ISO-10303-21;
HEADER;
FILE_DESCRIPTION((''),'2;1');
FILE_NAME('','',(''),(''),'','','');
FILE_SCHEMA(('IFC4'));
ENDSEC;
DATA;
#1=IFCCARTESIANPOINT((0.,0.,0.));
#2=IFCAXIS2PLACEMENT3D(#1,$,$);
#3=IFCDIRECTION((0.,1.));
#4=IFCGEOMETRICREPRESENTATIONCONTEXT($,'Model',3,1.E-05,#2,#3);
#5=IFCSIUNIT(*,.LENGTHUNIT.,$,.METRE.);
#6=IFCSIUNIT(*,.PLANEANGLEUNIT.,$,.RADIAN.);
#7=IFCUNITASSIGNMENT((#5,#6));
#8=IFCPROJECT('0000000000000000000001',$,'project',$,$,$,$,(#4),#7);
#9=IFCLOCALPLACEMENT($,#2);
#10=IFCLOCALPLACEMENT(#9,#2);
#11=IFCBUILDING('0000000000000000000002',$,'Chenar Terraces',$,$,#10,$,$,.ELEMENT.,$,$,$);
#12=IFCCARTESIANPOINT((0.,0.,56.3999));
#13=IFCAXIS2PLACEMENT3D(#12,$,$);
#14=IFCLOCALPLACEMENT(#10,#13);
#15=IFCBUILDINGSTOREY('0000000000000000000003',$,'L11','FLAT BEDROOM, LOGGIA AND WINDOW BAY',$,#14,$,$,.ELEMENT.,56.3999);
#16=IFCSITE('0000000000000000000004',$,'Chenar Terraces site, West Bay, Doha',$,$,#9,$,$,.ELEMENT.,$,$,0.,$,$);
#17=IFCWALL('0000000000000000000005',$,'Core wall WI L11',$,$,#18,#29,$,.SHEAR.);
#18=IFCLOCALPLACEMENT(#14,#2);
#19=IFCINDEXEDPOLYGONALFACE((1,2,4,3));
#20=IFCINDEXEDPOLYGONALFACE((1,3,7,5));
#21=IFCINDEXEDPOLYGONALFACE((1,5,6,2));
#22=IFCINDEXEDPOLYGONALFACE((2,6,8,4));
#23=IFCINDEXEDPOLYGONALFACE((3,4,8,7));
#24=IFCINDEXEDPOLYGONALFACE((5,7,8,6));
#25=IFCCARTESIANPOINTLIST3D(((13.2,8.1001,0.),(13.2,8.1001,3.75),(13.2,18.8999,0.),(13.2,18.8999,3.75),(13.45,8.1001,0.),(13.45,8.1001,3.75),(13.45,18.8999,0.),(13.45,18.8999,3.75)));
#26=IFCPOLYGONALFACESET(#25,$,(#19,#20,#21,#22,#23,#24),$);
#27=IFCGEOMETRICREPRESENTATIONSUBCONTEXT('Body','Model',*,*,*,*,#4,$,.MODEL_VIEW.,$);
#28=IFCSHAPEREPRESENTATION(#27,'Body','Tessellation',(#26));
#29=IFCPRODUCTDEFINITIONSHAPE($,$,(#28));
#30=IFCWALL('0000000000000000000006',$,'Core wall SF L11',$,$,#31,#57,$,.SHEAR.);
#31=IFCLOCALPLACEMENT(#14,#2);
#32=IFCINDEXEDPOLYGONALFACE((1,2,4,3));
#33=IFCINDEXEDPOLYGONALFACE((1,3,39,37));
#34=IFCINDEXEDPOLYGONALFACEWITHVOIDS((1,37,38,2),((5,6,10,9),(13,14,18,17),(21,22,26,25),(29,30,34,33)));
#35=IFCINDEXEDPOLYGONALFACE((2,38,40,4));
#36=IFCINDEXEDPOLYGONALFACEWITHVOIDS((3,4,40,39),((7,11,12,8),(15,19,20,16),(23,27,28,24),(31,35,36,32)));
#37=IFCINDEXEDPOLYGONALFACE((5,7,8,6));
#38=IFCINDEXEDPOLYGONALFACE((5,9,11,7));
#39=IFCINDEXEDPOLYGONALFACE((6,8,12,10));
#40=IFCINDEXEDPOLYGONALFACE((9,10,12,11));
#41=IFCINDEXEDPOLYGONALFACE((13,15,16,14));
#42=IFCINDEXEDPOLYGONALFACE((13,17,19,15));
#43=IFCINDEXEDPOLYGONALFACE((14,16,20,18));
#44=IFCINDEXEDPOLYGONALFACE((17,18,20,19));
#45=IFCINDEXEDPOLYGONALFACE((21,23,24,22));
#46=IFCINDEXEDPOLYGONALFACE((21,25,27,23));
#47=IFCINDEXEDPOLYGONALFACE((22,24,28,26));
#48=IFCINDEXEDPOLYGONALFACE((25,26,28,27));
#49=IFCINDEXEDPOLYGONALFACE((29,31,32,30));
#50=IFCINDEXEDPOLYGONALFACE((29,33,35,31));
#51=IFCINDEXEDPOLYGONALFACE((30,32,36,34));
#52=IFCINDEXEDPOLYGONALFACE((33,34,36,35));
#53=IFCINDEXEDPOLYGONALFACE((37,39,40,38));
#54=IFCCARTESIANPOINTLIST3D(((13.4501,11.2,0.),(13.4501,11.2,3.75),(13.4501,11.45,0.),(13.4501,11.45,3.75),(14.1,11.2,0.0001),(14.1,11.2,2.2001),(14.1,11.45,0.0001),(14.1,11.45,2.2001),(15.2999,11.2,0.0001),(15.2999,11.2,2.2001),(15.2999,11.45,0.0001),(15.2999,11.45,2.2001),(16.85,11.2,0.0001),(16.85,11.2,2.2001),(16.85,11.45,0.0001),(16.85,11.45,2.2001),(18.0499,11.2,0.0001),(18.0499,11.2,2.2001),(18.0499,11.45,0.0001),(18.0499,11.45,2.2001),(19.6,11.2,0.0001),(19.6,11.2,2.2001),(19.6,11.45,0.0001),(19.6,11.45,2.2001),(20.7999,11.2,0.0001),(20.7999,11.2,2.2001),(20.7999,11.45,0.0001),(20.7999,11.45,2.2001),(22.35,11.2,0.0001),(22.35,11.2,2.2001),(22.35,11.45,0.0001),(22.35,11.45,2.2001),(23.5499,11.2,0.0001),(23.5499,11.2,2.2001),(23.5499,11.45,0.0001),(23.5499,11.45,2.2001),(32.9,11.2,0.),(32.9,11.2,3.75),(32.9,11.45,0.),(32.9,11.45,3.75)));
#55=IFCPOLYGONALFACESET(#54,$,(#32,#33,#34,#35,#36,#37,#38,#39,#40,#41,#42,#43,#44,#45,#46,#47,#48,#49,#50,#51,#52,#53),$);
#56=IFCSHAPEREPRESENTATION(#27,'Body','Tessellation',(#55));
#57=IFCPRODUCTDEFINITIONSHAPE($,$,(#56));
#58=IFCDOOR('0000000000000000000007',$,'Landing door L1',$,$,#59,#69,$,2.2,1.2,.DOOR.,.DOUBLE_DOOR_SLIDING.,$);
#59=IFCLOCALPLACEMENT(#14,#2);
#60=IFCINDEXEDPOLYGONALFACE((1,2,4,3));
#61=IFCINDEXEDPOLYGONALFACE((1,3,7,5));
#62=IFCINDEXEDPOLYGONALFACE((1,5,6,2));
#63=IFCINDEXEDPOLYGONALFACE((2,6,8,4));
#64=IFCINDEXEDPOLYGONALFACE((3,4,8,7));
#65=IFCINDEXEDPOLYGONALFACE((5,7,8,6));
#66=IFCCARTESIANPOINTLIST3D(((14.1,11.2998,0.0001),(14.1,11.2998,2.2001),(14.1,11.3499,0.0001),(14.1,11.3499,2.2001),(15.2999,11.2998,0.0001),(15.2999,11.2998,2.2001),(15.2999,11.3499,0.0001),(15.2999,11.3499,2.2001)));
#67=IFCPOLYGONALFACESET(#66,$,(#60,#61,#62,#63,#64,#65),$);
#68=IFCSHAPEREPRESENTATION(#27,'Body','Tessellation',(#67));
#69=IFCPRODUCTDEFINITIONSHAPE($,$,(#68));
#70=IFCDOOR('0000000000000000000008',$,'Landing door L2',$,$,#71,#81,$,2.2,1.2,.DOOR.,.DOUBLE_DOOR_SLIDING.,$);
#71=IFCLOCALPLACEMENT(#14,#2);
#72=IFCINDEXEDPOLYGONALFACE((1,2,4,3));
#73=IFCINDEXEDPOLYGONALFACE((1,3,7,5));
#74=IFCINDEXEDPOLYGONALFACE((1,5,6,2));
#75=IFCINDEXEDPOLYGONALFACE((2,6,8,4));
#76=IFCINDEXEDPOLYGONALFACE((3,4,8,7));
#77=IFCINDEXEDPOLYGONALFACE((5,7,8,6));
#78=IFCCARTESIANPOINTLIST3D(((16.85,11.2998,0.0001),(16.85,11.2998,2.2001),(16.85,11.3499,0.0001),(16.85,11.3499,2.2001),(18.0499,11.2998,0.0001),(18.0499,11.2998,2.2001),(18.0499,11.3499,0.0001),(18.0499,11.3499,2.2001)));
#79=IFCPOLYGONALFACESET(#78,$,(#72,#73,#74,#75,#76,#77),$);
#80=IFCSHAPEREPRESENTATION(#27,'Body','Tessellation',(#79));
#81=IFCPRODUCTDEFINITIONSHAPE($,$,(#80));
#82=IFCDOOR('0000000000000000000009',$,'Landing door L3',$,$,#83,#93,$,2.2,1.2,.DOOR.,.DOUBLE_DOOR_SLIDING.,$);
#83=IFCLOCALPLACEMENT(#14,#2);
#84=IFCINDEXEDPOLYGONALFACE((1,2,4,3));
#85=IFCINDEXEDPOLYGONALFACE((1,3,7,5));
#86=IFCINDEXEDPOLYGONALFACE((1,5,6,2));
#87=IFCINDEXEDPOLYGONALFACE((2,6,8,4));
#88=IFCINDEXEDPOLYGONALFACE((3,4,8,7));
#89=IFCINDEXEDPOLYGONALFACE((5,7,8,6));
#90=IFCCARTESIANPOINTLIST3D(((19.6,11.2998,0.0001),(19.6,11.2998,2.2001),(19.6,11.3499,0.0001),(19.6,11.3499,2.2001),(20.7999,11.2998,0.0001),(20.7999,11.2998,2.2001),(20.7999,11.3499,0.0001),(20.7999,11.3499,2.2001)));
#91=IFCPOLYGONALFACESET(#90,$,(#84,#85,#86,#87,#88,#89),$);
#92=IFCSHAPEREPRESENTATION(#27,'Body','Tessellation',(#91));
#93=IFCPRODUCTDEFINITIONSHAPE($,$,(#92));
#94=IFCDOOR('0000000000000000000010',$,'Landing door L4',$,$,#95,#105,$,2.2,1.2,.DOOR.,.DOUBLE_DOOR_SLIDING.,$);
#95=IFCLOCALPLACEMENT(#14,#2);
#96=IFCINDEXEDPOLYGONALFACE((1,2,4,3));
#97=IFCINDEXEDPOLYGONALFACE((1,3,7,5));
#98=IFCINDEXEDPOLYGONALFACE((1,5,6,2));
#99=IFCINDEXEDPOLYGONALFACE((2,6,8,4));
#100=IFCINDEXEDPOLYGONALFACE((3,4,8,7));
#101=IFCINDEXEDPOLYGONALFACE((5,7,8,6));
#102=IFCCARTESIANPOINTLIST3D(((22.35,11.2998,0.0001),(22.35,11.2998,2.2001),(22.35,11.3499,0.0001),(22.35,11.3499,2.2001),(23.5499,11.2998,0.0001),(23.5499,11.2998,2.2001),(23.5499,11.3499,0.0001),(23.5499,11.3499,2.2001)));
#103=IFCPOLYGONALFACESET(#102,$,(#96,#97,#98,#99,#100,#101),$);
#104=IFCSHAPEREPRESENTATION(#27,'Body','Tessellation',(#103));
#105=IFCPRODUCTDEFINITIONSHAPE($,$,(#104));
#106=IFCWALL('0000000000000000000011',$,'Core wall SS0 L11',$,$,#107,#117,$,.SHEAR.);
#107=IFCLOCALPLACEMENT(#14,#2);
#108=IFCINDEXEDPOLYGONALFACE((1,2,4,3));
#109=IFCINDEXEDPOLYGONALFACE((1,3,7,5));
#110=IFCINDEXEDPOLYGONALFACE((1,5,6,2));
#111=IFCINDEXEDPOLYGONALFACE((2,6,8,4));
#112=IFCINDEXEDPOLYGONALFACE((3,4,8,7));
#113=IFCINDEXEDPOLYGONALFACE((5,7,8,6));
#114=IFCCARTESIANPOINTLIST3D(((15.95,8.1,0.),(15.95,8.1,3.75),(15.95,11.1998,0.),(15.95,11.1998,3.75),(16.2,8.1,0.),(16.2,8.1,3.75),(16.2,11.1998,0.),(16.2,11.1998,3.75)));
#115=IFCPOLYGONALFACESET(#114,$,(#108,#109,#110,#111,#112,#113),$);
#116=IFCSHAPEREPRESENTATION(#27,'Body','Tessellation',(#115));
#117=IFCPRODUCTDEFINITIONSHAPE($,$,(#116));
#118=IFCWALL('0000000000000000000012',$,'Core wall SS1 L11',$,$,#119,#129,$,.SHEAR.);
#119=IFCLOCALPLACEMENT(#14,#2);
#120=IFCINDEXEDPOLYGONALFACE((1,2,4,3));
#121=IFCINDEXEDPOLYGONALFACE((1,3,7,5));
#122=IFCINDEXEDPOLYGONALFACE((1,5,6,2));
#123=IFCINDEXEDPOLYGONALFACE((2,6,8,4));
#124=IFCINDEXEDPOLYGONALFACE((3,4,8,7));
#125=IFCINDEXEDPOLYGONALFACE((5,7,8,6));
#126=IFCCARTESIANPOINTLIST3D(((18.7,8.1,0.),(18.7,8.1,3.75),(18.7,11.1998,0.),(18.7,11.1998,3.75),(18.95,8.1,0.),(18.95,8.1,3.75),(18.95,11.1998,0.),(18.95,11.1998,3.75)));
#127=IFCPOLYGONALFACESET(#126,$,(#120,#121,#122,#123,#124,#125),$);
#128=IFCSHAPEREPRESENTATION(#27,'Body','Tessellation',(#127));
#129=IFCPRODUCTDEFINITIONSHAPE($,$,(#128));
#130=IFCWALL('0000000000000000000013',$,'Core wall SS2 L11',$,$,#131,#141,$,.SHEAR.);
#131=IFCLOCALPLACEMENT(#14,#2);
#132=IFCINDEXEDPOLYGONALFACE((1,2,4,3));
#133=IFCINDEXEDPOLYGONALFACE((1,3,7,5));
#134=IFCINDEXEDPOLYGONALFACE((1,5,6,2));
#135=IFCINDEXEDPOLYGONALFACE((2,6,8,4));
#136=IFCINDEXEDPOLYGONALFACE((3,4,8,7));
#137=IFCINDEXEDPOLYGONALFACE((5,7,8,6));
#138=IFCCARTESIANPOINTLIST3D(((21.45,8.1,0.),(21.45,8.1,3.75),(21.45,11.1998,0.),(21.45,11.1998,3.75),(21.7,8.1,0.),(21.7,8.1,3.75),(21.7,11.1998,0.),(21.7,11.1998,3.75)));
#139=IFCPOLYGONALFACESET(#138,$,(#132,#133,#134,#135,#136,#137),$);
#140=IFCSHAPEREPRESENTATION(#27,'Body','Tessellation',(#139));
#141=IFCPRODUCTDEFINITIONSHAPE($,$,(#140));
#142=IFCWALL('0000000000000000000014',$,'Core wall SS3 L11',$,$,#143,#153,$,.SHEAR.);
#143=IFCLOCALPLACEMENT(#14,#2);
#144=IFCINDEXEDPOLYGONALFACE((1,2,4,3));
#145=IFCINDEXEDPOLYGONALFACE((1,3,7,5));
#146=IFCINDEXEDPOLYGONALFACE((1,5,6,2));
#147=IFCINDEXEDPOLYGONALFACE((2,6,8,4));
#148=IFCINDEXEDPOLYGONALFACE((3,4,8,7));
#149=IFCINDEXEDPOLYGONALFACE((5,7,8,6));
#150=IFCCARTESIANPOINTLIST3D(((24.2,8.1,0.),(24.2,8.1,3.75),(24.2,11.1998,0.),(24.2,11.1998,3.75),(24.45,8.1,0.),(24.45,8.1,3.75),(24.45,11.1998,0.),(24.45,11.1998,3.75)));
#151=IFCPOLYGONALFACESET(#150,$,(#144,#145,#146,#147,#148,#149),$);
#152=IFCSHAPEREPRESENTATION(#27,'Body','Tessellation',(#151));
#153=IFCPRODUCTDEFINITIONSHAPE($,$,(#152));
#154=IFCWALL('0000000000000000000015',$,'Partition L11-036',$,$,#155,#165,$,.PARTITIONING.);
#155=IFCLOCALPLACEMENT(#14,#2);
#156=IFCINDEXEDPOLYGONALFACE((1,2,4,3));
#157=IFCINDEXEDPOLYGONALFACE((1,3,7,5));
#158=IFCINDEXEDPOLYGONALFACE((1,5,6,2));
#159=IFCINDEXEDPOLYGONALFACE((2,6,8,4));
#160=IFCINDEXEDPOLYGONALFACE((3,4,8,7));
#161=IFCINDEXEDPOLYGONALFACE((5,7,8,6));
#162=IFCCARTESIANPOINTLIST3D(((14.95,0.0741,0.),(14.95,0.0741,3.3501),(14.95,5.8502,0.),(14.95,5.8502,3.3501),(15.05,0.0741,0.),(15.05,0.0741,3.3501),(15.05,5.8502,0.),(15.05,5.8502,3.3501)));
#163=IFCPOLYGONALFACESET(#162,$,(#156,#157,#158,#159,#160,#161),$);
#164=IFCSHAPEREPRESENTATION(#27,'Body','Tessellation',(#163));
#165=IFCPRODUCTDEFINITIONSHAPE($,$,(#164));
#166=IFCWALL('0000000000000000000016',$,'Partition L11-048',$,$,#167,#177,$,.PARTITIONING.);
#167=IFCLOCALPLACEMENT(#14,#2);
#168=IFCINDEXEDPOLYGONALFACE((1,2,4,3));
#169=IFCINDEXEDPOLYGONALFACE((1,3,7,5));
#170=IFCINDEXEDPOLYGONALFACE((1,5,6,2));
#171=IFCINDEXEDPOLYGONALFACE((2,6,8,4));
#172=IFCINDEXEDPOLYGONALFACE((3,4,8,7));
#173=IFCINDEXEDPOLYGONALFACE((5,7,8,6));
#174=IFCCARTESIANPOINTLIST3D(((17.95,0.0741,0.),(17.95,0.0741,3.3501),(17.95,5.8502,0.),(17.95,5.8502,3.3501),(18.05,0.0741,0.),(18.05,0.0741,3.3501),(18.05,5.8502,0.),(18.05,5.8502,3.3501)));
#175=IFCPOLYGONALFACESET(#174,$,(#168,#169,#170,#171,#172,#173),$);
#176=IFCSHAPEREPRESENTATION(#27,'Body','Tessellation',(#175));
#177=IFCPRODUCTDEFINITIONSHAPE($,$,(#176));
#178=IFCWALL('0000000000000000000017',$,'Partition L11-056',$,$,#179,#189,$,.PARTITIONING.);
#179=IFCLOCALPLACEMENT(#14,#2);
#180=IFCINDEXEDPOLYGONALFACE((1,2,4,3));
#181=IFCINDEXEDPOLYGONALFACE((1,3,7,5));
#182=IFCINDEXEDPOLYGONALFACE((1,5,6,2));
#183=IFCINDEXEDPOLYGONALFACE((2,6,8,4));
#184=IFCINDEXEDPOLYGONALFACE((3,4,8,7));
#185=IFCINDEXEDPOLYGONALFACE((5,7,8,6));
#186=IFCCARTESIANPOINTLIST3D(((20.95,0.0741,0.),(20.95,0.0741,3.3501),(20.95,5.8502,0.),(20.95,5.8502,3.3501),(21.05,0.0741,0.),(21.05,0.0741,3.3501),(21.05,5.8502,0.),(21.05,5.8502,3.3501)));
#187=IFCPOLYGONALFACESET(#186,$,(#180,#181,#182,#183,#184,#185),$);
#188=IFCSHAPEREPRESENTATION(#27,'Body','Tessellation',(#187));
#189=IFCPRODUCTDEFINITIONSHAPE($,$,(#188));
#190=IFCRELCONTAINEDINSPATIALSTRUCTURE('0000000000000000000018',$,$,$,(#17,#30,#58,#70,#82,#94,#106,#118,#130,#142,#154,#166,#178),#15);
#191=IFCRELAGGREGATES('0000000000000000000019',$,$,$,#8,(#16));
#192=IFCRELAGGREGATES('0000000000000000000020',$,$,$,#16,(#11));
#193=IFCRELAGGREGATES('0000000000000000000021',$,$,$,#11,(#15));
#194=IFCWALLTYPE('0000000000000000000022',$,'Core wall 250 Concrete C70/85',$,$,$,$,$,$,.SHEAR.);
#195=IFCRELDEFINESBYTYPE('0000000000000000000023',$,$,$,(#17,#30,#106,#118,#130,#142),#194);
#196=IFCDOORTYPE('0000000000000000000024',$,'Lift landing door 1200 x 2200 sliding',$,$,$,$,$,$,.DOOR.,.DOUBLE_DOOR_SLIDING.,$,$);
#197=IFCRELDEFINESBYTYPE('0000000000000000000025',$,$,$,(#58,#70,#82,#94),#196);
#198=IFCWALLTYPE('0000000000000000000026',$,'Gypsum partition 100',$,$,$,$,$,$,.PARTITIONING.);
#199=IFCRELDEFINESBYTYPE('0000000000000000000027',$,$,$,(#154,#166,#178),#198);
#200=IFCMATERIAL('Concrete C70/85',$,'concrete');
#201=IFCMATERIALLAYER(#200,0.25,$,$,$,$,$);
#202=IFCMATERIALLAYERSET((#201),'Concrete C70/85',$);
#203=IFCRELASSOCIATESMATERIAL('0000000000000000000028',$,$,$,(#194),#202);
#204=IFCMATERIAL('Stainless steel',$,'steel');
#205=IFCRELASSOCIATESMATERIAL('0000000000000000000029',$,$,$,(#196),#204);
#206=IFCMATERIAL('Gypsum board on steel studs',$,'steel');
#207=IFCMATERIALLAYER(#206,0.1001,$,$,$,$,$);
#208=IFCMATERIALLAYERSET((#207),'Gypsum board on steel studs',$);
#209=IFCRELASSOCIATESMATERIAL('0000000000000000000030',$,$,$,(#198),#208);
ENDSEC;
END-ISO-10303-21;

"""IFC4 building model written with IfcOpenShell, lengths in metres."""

from ifc_helpers import new_model, si_unit, direction, frame, frame_2d, origin, place, context, subcontext, project, spatial, rectangle, extrude, material, layer, layer_set, type_object, element, fill, save


model = new_model("IFC4")

# Units and contexts
model_context = context("Model", 3, precision=1e-05, world=origin(), true_north=direction((0.0, 1.0)))
body_context = subcontext(model_context, "Body", "Model", "MODEL_VIEW")
ifc_project = project(units=[si_unit("LENGTHUNIT", "METRE"), si_unit("PLANEANGLEUNIT", "RADIAN")], contexts=[model_context])

# Site, building, storey
site_placement = place(None, origin())
site = spatial("IfcSite", under=ifc_project, at=site_placement, Name="Chenar Terraces site, West Bay, Doha", CompositionType="ELEMENT", RefElevation=0.0)
building_placement = place(site_placement, origin())
building = spatial("IfcBuilding", under=site, at=building_placement, Name="Chenar Terraces", CompositionType="ELEMENT")
storey_placement = place(building_placement, frame((0.0, 0.0, 56.3999)))
storey = spatial("IfcBuildingStorey", under=building, at=storey_placement, Name="L11", Description="FLAT BEDROOM, LOGGIA AND WINDOW BAY", CompositionType="ELEMENT", Elevation=56.3999)

# Wall
ifc_material_1 = material(Name="Concrete C70/85", Category="concrete")
ifc_layer_1 = layer(ifc_material_1, 0.25)
ifc_layer_set_1 = layer_set([ifc_layer_1], Name="Concrete C70/85")
wall_type_1 = type_object("IfcWallType", Name="Core wall 250 Concrete C70/85", PredefinedType="SHEAR", material=ifc_layer_set_1)
wall_1_placement = place(storey_placement, frame((13.325, 8.1001, 0.0), z_axis=(0.0, 0.0, 1.0), x_axis=(0.0, 1.0, 0.0)))
element("IfcWall", 1, at=wall_1_placement, inside=storey, type_object=wall_type_1, Name="Core wall WI L11", PredefinedType="SHEAR", context=body_context, shape_type="SweptSolid", body=[
    extrude(rectangle(XDim=10.7998, YDim=0.25, at=frame_2d((5.3999, 0.0))), origin(), (0.0, 0.0, 1.0), 3.75),
])

# Wall, openings, doors
wall_2_placement = place(storey_placement, frame((13.45, 11.325, 0.0), z_axis=(0.0, 0.0, 1.0), x_axis=(1.0, 0.0, 0.0)))
wall_2 = element("IfcWall", 2, at=wall_2_placement, inside=storey, type_object=wall_type_1, Name="Core wall SF L11", PredefinedType="SHEAR", context=body_context, shape_type="SweptSolid", body=[
    extrude(rectangle(XDim=19.45, YDim=0.25, at=frame_2d((9.7251, 0.0))), origin(), (0.0, 0.0, 1.0), 3.75),
])
opening_1_placement = place(wall_2_placement, frame((0.6499, 0.0, 0.0)))
opening_1 = element("IfcOpeningElement", 3, at=opening_1_placement, cuts=wall_2, PredefinedType="OPENING", context=body_context, shape_type="SweptSolid", body=[
    extrude(rectangle(XDim=1.2, YDim=2.2, at=frame_2d((0.6001, 1.1001))), frame((0.0, 0.135, 0.0), z_axis=(0.0, -1.0, 0.0), x_axis=(1.0, 0.0, 0.0)), (0.0, 0.0, 1.0), 0.27),
])
opening_2_placement = place(wall_2_placement, frame((3.3999, 0.0, 0.0)))
opening_2 = element("IfcOpeningElement", 4, at=opening_2_placement, cuts=wall_2, PredefinedType="OPENING", context=body_context, shape_type="SweptSolid", body=[
    extrude(rectangle(XDim=1.2, YDim=2.2, at=frame_2d((0.6001, 1.1001))), frame((0.0, 0.135, 0.0), z_axis=(0.0, -1.0, 0.0), x_axis=(1.0, 0.0, 0.0)), (0.0, 0.0, 1.0), 0.27),
])
opening_3_placement = place(wall_2_placement, frame((6.1499, 0.0, 0.0)))
opening_3 = element("IfcOpeningElement", 5, at=opening_3_placement, cuts=wall_2, PredefinedType="OPENING", context=body_context, shape_type="SweptSolid", body=[
    extrude(rectangle(XDim=1.2, YDim=2.2, at=frame_2d((0.6001, 1.1001))), frame((0.0, 0.135, 0.0), z_axis=(0.0, -1.0, 0.0), x_axis=(1.0, 0.0, 0.0)), (0.0, 0.0, 1.0), 0.27),
])
opening_4_placement = place(wall_2_placement, frame((8.8999, 0.0, 0.0)))
opening_4 = element("IfcOpeningElement", 6, at=opening_4_placement, cuts=wall_2, PredefinedType="OPENING", context=body_context, shape_type="SweptSolid", body=[
    extrude(rectangle(XDim=1.2, YDim=2.2, at=frame_2d((0.6001, 1.1001))), frame((0.0, 0.135, 0.0), z_axis=(0.0, -1.0, 0.0), x_axis=(1.0, 0.0, 0.0)), (0.0, 0.0, 1.0), 0.27),
])
ifc_material_2 = material(Name="Stainless steel", Category="steel")
door_type_1 = type_object("IfcDoorType", Name="Lift landing door 1200 x 2200 sliding", OperationType="DOUBLE_DOOR_SLIDING", PredefinedType="DOOR", material=ifc_material_2)
door_1_placement = place(opening_1_placement, origin())
door_1 = element("IfcDoor", 7, at=door_1_placement, inside=storey, type_object=door_type_1, Name="Landing door L1", OperationType="DOUBLE_DOOR_SLIDING", OverallHeight=2.2, OverallWidth=1.2, PredefinedType="DOOR", context=body_context, shape_type="SweptSolid", body=[
    extrude(rectangle(XDim=1.2, YDim=2.2, at=frame_2d((0.6001, 1.1001))), frame((0.0, 0.0249, 0.0), z_axis=(0.0, -1.0, 0.0), x_axis=(1.0, 0.0, 0.0)), (0.0, 0.0, 1.0), 0.05),
])
fill(opening_1, door_1)
door_2_placement = place(opening_2_placement, origin())
door_2 = element("IfcDoor", 8, at=door_2_placement, inside=storey, type_object=door_type_1, Name="Landing door L2", OperationType="DOUBLE_DOOR_SLIDING", OverallHeight=2.2, OverallWidth=1.2, PredefinedType="DOOR", context=body_context, shape_type="SweptSolid", body=[
    extrude(rectangle(XDim=1.2, YDim=2.2, at=frame_2d((0.6001, 1.1001))), frame((0.0, 0.0249, 0.0), z_axis=(0.0, -1.0, 0.0), x_axis=(1.0, 0.0, 0.0)), (0.0, 0.0, 1.0), 0.05),
])
fill(opening_2, door_2)
door_3_placement = place(opening_3_placement, origin())
door_3 = element("IfcDoor", 9, at=door_3_placement, inside=storey, type_object=door_type_1, Name="Landing door L3", OperationType="DOUBLE_DOOR_SLIDING", OverallHeight=2.2, OverallWidth=1.2, PredefinedType="DOOR", context=body_context, shape_type="SweptSolid", body=[
    extrude(rectangle(XDim=1.2, YDim=2.2, at=frame_2d((0.6001, 1.1001))), frame((0.0, 0.0249, 0.0), z_axis=(0.0, -1.0, 0.0), x_axis=(1.0, 0.0, 0.0)), (0.0, 0.0, 1.0), 0.05),
])
fill(opening_3, door_3)
door_4_placement = place(opening_4_placement, origin())
door_4 = element("IfcDoor", 10, at=door_4_placement, inside=storey, type_object=door_type_1, Name="Landing door L4", OperationType="DOUBLE_DOOR_SLIDING", OverallHeight=2.2, OverallWidth=1.2, PredefinedType="DOOR", context=body_context, shape_type="SweptSolid", body=[
    extrude(rectangle(XDim=1.2, YDim=2.2, at=frame_2d((0.6001, 1.1001))), frame((0.0, 0.0249, 0.0), z_axis=(0.0, -1.0, 0.0), x_axis=(1.0, 0.0, 0.0)), (0.0, 0.0, 1.0), 0.05),
])
fill(opening_4, door_4)

# Walls
for number, where, z_axis, x_axis, name in (
    (11, (16.075, 8.1001, 0.0), (0.0, 0.0, 1.0), (0.0, 1.0, 0.0), "Core wall SS0 L11"),
    (12, (18.825, 8.1001, 0.0), (0.0, 0.0, 1.0), (0.0, 1.0, 0.0), "Core wall SS1 L11"),
    (13, (21.575, 8.1001, 0.0), (0.0, 0.0, 1.0), (0.0, 1.0, 0.0), "Core wall SS2 L11"),
    (14, (24.325, 8.1001, 0.0), (0.0, 0.0, 1.0), (0.0, 1.0, 0.0), "Core wall SS3 L11"),
):
    element("IfcWall", number, at=place(storey_placement, frame(where, z_axis=z_axis, x_axis=x_axis)), inside=storey, type_object=wall_type_1, Name=name, PredefinedType="SHEAR", context=body_context, shape_type="SweptSolid", body=[
        extrude(rectangle(XDim=3.0999, YDim=0.25, at=frame_2d((1.5498, 0.0))), origin(), (0.0, 0.0, 1.0), 3.75),
    ])
ifc_material_3 = material(Name="Gypsum board on steel studs", Category="steel")
ifc_layer_2 = layer(ifc_material_3, 0.1001)
ifc_layer_set_2 = layer_set([ifc_layer_2], Name="Gypsum board on steel studs")
wall_type_2 = type_object("IfcWallType", Name="Gypsum partition 100", PredefinedType="PARTITIONING", material=ifc_layer_set_2)
for number, where, z_axis, x_axis, name in (
    (15, (15.0, 0.074, 0.0), (0.0, 0.0, 1.0), (0.0, 1.0, 0.0), "Partition L11-036"),
    (16, (18.0, 0.074, 0.0), (0.0, 0.0, 1.0), (0.0, 1.0, 0.0), "Partition L11-048"),
    (17, (21.0, 0.074, 0.0), (0.0, 0.0, 1.0), (0.0, 1.0, 0.0), "Partition L11-056"),
):
    element("IfcWall", number, at=place(storey_placement, frame(where, z_axis=z_axis, x_axis=x_axis)), inside=storey, type_object=wall_type_2, Name=name, PredefinedType="PARTITIONING", context=body_context, shape_type="SweptSolid", body=[
        extrude(rectangle(XDim=5.7761, YDim=0.1001, at=frame_2d((2.8882, 0.0))), origin(), (0.0, 0.0, 1.0), 3.3501),
    ])

save(model, "model.ifc")
